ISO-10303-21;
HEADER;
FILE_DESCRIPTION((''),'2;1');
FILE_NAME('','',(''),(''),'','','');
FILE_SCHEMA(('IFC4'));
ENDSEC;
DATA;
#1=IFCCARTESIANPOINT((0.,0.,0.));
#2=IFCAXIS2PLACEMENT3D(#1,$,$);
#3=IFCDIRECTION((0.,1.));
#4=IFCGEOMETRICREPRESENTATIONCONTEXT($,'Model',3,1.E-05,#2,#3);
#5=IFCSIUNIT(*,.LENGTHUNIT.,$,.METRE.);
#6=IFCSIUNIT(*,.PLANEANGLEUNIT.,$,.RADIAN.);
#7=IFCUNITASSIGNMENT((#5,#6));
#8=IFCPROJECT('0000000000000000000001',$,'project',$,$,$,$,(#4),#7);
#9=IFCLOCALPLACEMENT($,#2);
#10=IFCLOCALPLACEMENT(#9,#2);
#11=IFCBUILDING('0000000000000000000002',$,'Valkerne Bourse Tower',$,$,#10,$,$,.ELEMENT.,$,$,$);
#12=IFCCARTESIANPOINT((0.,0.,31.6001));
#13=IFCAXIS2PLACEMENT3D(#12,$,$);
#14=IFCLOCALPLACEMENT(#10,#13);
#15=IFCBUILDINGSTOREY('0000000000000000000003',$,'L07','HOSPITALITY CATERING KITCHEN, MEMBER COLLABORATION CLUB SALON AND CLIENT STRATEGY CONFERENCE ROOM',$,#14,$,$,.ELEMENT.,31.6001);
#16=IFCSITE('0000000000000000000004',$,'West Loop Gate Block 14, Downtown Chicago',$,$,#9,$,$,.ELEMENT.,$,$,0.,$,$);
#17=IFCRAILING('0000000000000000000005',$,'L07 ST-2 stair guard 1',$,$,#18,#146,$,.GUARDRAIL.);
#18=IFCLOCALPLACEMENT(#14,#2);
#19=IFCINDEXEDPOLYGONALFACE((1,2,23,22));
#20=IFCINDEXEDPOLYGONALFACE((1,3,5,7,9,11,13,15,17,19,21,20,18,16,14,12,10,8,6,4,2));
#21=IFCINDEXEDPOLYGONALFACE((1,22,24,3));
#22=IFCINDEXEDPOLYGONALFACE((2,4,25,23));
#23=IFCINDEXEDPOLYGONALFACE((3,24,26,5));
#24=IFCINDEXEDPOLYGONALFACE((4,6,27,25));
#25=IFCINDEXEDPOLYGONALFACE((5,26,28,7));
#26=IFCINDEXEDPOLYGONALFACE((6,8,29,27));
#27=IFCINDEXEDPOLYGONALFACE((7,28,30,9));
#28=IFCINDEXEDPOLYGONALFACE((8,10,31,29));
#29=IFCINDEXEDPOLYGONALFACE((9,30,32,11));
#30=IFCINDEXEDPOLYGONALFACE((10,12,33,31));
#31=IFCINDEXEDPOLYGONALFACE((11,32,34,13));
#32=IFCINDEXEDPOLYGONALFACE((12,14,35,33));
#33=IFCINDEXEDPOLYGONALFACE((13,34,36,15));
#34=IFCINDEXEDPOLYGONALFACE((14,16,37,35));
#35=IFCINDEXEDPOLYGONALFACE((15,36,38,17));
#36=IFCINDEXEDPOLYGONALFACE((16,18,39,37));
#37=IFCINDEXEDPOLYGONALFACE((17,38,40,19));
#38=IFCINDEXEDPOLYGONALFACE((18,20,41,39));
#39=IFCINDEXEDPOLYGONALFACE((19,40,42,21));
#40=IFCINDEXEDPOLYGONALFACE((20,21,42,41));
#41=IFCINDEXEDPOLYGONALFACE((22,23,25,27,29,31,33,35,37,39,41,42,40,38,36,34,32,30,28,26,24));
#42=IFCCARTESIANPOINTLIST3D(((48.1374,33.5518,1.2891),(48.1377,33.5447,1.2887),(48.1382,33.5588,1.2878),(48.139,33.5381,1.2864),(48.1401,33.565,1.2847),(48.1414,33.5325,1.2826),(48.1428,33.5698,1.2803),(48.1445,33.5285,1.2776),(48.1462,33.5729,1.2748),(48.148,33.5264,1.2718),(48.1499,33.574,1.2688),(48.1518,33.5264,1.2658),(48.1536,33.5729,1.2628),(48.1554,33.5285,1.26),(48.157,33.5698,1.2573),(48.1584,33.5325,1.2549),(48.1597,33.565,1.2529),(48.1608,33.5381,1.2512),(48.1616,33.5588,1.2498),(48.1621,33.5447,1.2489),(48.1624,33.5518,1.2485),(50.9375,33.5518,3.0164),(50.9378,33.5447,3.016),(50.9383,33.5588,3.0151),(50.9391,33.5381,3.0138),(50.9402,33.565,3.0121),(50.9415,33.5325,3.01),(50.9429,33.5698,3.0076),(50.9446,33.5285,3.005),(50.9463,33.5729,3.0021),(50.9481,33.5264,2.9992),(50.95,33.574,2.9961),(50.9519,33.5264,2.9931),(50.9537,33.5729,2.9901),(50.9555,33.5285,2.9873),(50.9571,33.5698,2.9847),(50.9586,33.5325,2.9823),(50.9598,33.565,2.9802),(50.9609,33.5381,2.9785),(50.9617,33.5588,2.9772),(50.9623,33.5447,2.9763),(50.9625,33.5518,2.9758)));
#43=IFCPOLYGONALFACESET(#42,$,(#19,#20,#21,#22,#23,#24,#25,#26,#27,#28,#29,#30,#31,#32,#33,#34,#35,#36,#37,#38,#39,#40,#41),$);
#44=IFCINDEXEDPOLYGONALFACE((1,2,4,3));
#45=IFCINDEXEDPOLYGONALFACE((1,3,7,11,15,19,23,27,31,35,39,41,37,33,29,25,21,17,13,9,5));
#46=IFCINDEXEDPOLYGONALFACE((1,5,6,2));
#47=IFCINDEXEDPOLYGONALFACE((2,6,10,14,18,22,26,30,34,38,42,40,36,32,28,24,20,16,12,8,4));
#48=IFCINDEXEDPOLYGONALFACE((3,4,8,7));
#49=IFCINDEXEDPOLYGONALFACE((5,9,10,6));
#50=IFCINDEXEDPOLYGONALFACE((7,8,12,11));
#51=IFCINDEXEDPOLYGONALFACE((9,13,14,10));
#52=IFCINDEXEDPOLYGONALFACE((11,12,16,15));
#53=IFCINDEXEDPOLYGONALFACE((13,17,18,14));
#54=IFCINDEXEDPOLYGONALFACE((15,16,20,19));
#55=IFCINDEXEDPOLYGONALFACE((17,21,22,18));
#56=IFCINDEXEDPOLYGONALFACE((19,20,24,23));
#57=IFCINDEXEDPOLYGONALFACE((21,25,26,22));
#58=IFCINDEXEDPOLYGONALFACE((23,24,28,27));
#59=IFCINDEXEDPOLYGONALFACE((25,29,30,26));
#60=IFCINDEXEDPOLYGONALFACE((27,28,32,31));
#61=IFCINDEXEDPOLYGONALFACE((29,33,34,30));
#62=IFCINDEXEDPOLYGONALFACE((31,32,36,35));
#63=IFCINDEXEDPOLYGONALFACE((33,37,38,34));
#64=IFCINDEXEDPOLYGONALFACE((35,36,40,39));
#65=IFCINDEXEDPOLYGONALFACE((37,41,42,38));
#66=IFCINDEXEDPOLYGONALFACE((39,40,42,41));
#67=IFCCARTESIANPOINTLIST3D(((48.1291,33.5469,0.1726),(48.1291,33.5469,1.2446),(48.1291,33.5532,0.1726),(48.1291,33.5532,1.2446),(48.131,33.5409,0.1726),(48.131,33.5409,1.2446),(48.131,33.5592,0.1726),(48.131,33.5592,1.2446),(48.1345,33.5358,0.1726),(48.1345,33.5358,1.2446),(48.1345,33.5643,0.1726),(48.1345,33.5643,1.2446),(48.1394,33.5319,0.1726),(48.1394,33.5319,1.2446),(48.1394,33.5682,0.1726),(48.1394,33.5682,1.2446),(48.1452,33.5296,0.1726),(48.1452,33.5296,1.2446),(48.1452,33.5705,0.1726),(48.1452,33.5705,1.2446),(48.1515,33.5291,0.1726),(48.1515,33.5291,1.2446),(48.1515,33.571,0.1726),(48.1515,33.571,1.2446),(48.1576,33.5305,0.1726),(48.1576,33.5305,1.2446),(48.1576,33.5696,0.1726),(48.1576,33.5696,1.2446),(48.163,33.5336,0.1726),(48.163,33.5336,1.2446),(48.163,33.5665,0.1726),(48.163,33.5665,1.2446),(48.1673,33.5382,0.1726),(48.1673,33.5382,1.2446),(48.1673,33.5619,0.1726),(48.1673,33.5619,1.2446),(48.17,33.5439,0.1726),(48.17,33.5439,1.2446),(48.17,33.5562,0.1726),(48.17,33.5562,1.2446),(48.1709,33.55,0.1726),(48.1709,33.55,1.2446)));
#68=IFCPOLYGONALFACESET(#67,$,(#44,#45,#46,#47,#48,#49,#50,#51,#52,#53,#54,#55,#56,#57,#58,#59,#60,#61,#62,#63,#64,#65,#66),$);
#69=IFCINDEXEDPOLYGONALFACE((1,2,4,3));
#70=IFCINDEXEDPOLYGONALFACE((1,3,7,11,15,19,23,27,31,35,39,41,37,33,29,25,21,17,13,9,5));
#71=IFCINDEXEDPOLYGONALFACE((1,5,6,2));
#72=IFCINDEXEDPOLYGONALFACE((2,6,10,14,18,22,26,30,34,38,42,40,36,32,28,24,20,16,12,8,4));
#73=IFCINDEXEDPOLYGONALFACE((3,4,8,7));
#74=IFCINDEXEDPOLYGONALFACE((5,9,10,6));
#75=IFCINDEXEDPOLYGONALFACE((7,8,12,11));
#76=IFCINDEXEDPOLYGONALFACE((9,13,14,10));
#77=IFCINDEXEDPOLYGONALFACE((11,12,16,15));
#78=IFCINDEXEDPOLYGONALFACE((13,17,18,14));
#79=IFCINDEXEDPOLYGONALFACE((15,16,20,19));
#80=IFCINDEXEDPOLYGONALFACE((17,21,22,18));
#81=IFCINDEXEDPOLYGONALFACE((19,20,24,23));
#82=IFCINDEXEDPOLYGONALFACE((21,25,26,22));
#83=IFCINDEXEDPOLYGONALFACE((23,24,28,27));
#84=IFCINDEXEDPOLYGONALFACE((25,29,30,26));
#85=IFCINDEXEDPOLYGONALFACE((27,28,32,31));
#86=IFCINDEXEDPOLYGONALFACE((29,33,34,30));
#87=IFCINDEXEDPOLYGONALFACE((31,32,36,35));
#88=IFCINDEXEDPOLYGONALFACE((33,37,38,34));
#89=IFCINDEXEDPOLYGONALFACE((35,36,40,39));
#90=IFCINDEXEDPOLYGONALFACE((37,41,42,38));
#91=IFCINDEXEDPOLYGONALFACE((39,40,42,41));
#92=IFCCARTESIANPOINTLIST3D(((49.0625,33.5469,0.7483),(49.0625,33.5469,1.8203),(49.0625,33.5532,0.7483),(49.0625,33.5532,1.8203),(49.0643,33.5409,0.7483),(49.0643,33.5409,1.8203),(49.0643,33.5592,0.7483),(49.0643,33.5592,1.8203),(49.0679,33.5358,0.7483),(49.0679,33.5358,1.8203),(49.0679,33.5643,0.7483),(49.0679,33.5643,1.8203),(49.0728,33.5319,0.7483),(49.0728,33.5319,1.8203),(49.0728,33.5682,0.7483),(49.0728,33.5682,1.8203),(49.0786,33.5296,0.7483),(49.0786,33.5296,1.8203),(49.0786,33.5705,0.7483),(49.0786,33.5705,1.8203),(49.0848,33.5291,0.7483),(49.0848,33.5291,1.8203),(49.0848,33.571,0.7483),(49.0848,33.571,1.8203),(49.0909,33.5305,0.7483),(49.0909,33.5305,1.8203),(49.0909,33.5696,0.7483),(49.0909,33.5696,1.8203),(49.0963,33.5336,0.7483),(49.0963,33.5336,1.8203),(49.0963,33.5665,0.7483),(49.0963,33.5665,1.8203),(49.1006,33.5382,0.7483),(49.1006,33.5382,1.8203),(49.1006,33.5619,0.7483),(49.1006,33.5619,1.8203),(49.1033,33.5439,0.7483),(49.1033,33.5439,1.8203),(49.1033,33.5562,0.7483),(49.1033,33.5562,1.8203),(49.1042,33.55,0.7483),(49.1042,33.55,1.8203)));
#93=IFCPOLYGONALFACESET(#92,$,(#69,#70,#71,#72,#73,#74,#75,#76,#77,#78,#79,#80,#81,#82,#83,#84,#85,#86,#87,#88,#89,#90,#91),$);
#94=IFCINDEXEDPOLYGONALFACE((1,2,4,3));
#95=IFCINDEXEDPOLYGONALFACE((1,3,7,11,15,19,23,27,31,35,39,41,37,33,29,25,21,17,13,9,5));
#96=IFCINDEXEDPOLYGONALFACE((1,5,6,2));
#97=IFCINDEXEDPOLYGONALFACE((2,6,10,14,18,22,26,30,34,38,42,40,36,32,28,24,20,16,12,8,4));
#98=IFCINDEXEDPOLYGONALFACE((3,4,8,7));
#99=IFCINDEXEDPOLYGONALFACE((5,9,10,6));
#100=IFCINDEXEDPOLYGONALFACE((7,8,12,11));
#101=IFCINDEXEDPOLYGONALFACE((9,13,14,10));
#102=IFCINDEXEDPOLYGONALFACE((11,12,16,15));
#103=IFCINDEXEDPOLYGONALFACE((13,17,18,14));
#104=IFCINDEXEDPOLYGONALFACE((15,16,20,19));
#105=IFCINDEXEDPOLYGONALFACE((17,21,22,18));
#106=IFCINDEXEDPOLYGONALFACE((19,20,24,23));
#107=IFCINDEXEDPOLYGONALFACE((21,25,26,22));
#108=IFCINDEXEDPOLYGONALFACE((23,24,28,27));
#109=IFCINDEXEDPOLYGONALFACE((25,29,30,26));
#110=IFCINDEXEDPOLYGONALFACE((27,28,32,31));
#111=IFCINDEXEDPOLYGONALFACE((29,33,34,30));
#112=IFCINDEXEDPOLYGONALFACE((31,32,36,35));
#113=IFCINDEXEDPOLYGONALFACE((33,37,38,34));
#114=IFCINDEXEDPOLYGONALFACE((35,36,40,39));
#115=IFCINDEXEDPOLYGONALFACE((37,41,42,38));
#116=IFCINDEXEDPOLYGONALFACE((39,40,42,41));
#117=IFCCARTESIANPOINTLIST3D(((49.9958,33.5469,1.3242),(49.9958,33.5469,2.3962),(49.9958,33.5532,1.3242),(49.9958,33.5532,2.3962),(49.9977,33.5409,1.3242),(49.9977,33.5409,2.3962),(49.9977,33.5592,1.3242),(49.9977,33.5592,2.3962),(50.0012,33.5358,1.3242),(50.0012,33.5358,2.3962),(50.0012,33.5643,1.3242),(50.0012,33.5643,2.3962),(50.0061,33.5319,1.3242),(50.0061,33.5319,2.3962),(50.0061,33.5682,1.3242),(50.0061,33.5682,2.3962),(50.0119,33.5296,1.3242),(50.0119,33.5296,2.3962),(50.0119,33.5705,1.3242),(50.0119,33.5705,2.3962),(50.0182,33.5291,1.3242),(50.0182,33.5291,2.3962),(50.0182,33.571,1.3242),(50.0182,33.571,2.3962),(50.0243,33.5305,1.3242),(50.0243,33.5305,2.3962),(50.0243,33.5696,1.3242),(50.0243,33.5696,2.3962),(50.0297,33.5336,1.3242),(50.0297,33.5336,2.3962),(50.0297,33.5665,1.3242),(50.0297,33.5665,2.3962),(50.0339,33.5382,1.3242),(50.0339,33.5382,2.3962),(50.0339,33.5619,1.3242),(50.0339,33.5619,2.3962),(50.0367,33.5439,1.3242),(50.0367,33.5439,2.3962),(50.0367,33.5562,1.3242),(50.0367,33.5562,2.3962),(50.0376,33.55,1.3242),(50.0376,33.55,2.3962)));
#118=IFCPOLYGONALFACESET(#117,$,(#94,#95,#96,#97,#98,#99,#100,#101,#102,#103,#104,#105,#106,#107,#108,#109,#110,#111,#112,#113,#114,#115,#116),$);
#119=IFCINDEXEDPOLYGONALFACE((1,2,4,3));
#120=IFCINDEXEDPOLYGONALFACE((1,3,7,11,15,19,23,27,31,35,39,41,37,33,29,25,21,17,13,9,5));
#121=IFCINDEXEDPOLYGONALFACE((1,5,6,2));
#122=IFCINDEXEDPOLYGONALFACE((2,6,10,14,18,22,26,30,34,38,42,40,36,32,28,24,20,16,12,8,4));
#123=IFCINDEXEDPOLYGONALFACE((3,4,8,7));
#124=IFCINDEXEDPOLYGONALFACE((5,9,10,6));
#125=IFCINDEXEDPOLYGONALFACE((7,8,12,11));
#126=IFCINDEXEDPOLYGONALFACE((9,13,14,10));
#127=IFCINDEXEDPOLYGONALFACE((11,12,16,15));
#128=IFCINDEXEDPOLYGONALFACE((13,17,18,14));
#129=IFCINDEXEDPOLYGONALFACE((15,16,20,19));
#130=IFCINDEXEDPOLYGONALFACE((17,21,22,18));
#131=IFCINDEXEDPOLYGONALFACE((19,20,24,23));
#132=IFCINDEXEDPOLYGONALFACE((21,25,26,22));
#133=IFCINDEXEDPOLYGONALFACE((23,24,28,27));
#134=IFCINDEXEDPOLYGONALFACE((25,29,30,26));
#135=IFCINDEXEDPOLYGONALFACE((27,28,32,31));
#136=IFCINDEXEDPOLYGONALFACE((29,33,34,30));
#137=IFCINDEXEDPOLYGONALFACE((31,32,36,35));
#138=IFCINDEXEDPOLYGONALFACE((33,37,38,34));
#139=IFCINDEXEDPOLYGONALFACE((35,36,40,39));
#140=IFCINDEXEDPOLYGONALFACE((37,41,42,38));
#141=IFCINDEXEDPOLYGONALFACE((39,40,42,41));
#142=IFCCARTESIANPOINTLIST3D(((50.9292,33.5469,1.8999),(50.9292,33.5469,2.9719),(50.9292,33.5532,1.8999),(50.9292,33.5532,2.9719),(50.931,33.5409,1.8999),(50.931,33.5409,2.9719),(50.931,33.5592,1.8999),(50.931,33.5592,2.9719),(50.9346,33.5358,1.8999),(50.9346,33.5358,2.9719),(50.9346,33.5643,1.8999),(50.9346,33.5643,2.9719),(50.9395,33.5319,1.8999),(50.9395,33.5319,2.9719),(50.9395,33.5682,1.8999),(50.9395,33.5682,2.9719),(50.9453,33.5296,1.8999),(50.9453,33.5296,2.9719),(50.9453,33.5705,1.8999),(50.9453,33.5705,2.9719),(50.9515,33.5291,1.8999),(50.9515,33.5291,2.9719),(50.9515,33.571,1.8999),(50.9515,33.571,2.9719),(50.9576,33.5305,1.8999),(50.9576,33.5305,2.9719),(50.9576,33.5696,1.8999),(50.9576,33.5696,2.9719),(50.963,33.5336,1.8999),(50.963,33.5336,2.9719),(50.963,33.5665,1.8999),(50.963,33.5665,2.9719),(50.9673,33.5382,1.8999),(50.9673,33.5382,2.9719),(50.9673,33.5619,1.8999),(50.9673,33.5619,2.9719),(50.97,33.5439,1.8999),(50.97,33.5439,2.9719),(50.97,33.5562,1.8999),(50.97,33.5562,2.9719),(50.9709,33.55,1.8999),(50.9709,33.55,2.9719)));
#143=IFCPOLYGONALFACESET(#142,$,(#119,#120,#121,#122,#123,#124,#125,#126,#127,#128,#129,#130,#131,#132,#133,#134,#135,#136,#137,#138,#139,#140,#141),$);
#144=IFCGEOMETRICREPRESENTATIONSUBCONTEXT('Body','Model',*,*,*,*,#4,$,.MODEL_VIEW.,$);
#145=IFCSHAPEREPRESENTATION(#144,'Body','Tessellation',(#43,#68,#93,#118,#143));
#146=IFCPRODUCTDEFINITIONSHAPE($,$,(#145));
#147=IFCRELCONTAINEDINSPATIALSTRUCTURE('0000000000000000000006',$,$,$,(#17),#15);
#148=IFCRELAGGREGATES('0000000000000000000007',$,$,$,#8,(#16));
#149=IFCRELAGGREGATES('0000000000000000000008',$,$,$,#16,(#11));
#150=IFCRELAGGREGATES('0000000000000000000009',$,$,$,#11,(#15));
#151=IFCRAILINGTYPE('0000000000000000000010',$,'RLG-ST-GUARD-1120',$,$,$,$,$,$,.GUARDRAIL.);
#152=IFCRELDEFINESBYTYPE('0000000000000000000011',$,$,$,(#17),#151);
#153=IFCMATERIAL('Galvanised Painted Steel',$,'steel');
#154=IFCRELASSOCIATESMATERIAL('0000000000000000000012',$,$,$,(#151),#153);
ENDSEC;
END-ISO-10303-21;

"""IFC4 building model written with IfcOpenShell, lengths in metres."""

from ifc_helpers import new_model, si_unit, direction, frame, origin, origin_2d, place, context, subcontext, project, spatial, circle, extrude, material, type_object, element, save


model = new_model("IFC4")

# Units and contexts
model_context = context("Model", 3, precision=1e-05, world=origin(), true_north=direction((0.0, 1.0)))
body_context = subcontext(model_context, "Body", "Model", "MODEL_VIEW")
ifc_project = project(units=[si_unit("LENGTHUNIT", "METRE"), si_unit("PLANEANGLEUNIT", "RADIAN")], contexts=[model_context])

# Site, building, storey
site_placement = place(None, origin())
site = spatial("IfcSite", under=ifc_project, at=site_placement, Name="West Loop Gate Block 14, Downtown Chicago", CompositionType="ELEMENT", RefElevation=0.0)
building_placement = place(site_placement, origin())
building = spatial("IfcBuilding", under=site, at=building_placement, Name="Valkerne Bourse Tower", CompositionType="ELEMENT")
storey_placement = place(building_placement, frame((0.0, 0.0, 31.6001)))
storey = spatial("IfcBuildingStorey", under=building, at=storey_placement, Name="L07", Description="HOSPITALITY CATERING KITCHEN, MEMBER COLLABORATION CLUB SALON AND CLIENT STRATEGY CONFERENCE ROOM", CompositionType="ELEMENT", Elevation=31.6001)

# Shared definitions
ifc_material_1 = material(Name="Galvanised Painted Steel", Category="steel")

# Railing
railing_type_1 = type_object("IfcRailingType", Name="RLG-ST-GUARD-1120", PredefinedType="GUARDRAIL", material=ifc_material_1)
railing_1_placement = place(storey_placement, frame((48.1499, 33.55, 0.1726)))
element("IfcRailing", 1, at=railing_1_placement, inside=storey, type_object=railing_type_1, Name="L07 ST-2 stair guard 1", PredefinedType="GUARDRAIL", context=body_context, shape_type="SweptSolid", body=[
    extrude(circle(Radius=0.0239, at=origin_2d()), frame((0.0, 0.0, 1.0962), z_axis=(0.85109, 0.0, 0.52502), x_axis=(0.0, 1.0, 0.0)), (0.0, 0.0, 1.0), 3.29),
    extrude(circle(Radius=0.021, at=origin_2d()), origin(), (0.0, 0.0, 1.0), 1.072),
    extrude(circle(Radius=0.021, at=origin_2d()), frame((0.9333, 0.0, 0.5757)), (0.0, 0.0, 1.0), 1.072),
    extrude(circle(Radius=0.021, at=origin_2d()), frame((1.8667, 0.0, 1.1516)), (0.0, 0.0, 1.0), 1.072),
    extrude(circle(Radius=0.021, at=origin_2d()), frame((2.8, 0.0, 1.7273)), (0.0, 0.0, 1.0), 1.072),
])

save(model, "model.ifc")
